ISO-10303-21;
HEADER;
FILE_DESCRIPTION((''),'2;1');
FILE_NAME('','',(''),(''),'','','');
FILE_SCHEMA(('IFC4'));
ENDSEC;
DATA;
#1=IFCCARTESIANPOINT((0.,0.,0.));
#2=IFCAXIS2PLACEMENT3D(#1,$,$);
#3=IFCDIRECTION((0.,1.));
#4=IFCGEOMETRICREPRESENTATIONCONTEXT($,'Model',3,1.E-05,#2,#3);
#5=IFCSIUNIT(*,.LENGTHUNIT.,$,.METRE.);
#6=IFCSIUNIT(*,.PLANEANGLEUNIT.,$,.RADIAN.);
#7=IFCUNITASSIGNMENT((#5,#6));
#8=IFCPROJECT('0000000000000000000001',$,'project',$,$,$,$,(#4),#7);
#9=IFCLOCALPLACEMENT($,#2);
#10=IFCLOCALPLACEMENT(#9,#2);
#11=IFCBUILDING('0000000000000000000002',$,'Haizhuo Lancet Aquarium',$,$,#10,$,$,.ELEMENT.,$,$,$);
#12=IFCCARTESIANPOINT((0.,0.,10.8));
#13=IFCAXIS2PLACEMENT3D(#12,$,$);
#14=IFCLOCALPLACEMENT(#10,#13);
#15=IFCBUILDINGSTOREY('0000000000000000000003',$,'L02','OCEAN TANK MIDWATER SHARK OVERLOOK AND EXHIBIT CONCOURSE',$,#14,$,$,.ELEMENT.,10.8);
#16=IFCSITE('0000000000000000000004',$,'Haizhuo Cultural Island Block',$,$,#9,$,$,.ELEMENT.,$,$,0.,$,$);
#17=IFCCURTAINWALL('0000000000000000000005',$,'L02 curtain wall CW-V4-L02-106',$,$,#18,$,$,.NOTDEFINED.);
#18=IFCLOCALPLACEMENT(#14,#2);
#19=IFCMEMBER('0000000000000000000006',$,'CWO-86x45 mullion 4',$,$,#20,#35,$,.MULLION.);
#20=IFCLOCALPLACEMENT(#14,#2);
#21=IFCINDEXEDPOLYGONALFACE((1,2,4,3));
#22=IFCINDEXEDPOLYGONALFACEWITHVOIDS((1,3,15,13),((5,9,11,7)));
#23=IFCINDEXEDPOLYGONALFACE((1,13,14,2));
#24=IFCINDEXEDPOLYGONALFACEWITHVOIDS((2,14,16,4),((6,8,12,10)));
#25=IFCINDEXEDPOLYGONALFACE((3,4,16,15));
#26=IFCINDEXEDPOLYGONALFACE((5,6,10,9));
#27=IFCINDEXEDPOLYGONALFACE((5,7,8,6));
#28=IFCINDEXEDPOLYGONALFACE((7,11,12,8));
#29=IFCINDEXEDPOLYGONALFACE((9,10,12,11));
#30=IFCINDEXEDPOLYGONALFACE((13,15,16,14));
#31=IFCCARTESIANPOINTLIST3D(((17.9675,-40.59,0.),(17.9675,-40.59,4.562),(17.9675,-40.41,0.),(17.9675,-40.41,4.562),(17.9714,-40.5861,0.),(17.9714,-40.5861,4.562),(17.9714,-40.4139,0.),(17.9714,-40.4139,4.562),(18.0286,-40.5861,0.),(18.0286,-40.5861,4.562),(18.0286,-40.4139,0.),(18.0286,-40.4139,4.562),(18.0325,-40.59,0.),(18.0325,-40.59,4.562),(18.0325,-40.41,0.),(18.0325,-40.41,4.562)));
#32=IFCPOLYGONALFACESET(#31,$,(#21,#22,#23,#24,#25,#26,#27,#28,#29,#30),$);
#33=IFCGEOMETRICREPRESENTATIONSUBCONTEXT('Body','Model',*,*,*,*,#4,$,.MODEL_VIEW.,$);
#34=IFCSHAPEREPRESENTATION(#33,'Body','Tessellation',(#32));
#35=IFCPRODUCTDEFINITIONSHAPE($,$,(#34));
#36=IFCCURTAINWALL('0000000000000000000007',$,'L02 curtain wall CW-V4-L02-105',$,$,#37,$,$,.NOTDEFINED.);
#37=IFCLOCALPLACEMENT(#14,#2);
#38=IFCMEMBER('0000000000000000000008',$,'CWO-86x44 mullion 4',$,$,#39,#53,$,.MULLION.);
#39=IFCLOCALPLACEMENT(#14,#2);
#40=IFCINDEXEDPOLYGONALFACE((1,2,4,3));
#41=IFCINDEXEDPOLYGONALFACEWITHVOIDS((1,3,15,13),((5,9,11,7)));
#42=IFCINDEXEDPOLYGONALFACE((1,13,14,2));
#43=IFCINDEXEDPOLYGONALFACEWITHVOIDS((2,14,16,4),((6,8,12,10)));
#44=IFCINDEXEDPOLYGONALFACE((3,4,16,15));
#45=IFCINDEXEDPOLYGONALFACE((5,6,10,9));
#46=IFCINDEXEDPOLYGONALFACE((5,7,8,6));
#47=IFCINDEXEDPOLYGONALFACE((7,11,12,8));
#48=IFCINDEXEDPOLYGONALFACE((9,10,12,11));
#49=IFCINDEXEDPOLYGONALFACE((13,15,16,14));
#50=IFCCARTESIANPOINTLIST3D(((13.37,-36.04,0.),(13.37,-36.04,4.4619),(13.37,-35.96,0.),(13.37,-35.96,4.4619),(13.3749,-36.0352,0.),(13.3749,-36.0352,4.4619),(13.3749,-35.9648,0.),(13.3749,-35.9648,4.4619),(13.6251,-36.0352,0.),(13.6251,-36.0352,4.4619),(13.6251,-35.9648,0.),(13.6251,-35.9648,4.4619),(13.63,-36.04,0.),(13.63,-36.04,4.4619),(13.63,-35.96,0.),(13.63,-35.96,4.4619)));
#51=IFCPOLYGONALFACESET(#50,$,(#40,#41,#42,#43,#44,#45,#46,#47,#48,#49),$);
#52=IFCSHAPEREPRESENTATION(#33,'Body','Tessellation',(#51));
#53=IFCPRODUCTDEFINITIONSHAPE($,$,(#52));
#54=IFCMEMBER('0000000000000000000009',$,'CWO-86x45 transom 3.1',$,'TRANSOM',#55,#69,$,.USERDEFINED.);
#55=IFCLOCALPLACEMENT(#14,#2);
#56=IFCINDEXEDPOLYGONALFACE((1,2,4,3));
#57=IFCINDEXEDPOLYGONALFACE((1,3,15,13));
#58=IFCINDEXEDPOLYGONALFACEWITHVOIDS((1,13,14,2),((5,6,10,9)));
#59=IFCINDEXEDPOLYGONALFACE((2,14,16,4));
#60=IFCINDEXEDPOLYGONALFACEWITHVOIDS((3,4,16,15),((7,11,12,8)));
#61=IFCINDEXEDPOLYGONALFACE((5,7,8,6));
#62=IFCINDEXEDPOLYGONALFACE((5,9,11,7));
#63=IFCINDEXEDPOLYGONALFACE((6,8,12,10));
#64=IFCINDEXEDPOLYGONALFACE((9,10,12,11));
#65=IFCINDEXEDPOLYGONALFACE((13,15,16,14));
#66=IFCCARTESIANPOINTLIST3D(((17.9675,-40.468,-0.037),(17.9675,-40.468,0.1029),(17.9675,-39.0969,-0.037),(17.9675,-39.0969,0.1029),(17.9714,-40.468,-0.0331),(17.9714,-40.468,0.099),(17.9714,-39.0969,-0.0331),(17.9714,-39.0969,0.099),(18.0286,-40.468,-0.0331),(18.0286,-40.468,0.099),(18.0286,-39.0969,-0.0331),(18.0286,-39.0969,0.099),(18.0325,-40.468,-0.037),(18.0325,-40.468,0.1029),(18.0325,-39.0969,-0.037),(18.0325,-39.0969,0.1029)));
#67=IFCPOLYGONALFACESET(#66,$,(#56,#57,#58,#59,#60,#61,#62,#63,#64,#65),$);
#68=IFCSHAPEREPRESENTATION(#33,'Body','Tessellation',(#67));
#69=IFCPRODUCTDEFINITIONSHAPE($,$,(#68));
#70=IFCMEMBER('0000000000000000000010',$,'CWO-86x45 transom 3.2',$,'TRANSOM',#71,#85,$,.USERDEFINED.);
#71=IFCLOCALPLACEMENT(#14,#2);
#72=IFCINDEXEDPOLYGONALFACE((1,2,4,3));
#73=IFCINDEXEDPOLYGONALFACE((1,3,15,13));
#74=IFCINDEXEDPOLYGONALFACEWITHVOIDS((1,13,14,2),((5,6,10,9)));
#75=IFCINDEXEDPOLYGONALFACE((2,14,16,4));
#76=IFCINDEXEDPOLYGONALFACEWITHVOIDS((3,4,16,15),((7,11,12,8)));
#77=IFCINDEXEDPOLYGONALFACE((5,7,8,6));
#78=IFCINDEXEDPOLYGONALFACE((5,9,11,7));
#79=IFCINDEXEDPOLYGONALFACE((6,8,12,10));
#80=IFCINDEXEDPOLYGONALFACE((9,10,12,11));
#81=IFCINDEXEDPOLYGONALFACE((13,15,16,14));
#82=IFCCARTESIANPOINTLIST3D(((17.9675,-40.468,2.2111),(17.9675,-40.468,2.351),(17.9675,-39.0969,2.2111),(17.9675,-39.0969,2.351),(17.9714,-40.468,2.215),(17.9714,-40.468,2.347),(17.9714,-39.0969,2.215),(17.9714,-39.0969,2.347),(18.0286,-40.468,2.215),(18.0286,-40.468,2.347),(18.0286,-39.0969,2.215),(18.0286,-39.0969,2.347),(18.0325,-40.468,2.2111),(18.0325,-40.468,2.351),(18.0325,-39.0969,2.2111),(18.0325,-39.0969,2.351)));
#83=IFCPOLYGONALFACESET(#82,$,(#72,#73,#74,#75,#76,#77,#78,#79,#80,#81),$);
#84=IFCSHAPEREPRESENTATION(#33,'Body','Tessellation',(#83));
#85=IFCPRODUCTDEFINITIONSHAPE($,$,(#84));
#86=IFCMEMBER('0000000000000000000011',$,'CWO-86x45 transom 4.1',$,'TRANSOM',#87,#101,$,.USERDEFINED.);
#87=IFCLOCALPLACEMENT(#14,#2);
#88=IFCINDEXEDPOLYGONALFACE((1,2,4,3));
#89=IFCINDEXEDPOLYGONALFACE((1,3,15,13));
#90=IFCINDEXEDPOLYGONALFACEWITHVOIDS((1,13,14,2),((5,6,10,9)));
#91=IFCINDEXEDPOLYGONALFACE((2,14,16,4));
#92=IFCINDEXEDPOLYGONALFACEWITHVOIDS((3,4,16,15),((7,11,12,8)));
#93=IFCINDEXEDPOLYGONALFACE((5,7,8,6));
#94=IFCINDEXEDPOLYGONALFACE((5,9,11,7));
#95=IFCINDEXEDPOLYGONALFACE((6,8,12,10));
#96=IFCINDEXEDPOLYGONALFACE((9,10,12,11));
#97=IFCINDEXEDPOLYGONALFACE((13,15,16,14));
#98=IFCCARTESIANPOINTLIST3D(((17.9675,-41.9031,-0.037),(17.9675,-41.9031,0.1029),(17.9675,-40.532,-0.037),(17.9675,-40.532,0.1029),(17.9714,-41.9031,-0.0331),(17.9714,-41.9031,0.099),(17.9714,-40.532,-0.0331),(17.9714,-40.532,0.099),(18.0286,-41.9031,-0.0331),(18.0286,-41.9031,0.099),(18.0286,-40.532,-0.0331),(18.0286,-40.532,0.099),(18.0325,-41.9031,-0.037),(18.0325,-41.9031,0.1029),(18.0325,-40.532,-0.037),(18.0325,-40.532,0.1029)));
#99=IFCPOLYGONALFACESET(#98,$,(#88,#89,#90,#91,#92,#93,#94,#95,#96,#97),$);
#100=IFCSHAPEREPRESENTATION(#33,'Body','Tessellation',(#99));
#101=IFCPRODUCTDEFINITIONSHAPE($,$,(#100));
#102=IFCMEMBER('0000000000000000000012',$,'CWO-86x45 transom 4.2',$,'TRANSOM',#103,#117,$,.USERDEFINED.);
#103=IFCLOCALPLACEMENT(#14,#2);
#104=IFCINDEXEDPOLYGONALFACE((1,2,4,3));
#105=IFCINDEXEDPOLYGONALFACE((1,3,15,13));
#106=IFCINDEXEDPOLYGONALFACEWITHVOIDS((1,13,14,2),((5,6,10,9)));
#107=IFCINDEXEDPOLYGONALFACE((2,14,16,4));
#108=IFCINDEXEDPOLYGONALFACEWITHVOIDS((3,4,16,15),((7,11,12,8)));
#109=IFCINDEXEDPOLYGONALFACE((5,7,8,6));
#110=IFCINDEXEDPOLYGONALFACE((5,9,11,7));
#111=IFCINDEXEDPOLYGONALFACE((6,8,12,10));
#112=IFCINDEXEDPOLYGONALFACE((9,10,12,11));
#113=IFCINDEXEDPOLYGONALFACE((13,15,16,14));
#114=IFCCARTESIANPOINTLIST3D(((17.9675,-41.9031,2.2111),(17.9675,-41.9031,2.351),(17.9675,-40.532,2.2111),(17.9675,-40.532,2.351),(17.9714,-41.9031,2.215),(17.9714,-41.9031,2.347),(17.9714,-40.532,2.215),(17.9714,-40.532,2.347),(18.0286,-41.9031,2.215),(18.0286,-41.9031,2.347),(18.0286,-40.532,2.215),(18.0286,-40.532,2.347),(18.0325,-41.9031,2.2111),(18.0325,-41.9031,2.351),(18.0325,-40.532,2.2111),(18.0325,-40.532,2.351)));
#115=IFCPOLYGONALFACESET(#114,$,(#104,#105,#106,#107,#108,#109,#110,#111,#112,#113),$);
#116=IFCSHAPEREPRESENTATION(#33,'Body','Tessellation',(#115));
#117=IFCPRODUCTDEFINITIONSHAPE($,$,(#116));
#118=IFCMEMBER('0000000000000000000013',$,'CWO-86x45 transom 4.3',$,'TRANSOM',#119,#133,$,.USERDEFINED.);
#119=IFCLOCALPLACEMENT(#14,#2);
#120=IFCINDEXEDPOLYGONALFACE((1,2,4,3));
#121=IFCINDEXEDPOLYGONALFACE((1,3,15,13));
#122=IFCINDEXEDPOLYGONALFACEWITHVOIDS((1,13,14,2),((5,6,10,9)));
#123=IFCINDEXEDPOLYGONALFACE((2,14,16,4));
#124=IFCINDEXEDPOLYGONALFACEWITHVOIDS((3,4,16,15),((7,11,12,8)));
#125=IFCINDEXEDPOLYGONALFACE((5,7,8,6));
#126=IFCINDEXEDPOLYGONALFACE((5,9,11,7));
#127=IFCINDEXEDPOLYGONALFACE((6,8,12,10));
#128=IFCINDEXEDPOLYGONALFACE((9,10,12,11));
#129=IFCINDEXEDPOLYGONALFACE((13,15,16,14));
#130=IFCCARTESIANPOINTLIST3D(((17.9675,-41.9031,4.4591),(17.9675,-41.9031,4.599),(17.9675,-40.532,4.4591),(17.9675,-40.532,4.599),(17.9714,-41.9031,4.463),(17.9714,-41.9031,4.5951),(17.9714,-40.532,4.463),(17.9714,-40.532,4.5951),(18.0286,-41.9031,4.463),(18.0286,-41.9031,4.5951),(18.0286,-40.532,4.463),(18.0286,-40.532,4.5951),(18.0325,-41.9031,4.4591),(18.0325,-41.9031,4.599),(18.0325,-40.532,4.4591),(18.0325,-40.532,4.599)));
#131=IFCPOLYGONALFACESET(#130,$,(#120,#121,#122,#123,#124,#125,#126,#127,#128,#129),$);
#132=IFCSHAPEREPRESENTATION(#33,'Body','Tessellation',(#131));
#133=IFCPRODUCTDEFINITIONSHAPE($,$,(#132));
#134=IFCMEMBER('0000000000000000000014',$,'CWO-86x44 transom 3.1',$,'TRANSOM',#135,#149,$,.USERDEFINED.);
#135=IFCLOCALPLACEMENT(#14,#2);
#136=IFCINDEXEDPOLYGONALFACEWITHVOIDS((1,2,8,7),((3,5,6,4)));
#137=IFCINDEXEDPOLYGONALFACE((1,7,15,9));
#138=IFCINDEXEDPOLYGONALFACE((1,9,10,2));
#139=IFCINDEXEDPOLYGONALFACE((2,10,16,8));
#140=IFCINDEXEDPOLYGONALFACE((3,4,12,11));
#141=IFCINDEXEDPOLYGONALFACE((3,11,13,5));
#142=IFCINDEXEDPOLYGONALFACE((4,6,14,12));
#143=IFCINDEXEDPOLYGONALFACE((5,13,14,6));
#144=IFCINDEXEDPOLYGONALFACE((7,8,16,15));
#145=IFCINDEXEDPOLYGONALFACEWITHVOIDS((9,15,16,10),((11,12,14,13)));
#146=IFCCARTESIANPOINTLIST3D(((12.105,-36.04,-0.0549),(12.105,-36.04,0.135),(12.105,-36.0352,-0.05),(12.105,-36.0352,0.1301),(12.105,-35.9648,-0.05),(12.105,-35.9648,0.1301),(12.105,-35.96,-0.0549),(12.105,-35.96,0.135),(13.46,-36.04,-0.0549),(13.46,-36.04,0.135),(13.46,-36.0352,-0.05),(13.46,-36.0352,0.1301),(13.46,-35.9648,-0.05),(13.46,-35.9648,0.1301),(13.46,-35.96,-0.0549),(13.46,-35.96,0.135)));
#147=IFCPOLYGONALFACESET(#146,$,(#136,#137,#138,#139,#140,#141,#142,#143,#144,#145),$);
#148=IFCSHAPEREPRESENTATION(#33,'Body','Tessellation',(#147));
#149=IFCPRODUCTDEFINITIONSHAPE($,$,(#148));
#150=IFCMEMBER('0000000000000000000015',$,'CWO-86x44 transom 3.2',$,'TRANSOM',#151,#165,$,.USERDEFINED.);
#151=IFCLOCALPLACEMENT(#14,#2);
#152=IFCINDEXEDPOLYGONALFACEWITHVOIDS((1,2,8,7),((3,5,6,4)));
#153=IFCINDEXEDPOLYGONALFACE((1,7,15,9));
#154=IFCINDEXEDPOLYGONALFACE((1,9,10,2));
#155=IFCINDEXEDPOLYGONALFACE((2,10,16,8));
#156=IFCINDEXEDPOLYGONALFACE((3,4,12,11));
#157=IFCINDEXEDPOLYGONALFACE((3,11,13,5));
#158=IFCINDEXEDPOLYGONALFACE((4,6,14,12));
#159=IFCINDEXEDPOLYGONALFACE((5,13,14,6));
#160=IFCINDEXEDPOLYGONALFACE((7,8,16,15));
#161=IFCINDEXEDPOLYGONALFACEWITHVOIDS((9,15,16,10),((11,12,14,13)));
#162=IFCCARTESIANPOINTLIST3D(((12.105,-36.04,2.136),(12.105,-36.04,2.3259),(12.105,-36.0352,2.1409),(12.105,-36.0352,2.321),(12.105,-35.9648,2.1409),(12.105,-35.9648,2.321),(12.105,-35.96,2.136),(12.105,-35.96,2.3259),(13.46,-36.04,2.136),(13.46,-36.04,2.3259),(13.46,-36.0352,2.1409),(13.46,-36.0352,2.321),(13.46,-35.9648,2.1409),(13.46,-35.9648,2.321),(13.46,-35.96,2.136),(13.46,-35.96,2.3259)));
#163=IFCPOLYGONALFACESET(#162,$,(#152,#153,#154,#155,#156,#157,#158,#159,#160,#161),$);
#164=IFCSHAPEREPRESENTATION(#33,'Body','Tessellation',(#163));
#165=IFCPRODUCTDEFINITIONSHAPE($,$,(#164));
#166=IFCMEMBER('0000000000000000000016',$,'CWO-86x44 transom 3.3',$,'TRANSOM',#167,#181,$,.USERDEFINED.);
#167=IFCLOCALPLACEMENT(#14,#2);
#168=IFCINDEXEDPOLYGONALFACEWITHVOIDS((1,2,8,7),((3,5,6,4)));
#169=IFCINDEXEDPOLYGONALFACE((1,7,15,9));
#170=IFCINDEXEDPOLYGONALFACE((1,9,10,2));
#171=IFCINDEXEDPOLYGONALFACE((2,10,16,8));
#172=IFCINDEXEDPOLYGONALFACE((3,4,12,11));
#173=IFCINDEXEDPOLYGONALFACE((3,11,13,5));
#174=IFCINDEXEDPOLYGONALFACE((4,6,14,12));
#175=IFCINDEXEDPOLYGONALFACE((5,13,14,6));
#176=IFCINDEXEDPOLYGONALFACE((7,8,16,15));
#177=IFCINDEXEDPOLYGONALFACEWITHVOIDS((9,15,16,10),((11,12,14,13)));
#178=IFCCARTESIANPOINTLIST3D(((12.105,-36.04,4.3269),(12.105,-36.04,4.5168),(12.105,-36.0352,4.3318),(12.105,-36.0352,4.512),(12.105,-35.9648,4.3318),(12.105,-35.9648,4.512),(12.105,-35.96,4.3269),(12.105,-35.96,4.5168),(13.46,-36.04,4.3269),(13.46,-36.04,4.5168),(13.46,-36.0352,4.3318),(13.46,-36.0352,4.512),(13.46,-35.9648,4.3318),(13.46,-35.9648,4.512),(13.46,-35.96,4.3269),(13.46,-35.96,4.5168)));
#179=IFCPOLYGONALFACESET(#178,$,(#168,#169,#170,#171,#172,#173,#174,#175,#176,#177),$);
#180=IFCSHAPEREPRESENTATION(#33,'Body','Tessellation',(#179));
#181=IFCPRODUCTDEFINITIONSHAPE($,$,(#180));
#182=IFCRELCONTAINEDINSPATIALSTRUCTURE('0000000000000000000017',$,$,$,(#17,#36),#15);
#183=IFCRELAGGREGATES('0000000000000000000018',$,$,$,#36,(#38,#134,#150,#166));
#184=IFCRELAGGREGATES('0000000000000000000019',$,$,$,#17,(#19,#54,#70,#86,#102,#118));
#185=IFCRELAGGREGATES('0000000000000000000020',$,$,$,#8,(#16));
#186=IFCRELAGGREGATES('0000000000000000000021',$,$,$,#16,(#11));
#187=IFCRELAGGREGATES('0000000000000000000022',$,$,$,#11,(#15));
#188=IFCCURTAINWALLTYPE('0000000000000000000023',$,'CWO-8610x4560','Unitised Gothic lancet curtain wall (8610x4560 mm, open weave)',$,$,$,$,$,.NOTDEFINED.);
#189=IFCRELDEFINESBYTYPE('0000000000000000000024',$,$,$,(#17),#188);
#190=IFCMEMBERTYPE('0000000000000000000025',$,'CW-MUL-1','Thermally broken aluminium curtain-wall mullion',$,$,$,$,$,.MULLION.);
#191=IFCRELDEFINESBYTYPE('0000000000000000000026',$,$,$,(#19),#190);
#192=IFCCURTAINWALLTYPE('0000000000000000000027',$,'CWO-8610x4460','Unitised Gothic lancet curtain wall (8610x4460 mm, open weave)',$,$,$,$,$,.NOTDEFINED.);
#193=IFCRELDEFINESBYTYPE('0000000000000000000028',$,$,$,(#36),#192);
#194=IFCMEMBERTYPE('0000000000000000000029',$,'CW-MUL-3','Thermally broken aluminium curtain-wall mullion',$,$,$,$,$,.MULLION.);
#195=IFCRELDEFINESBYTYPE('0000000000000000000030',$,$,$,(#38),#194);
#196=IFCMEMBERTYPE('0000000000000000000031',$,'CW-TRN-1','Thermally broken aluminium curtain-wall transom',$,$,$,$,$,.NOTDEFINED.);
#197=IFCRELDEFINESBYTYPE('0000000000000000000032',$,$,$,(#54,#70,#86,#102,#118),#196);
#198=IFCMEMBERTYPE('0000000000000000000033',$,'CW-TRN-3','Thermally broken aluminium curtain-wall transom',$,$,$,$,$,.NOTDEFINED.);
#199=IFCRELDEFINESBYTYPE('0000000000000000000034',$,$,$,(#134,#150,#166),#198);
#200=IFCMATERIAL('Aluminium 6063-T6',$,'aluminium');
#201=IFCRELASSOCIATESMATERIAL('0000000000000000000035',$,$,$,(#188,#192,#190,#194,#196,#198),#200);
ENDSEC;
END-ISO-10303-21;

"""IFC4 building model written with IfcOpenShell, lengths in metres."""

from ifc_helpers import new_model, si_unit, direction, frame, origin, origin_2d, place, context, subcontext, project, spatial, hollow_rectangle, extrude, material, material_profile, profile_set, type_object, element, aggregate, save


model = new_model("IFC4")

# Units and contexts
model_context = context("Model", 3, precision=1e-05, world=origin(), true_north=direction((0.0, 1.0)))
body_context = subcontext(model_context, "Body", "Model", "MODEL_VIEW")
ifc_project = project(units=[si_unit("LENGTHUNIT", "METRE"), si_unit("PLANEANGLEUNIT", "RADIAN")], contexts=[model_context])

# Site, building, storey
site_placement = place(None, origin())
site = spatial("IfcSite", under=ifc_project, at=site_placement, Name="Haizhuo Cultural Island Block", CompositionType="ELEMENT", RefElevation=0.0)
building_placement = place(site_placement, origin())
building = spatial("IfcBuilding", under=site, at=building_placement, Name="Haizhuo Lancet Aquarium", CompositionType="ELEMENT")
storey_placement = place(building_placement, frame((0.0, 0.0, 10.8)))
storey = spatial("IfcBuildingStorey", under=building, at=storey_placement, Name="L02", Description="OCEAN TANK MIDWATER SHARK OVERLOOK AND EXHIBIT CONCOURSE", CompositionType="ELEMENT", Elevation=10.8)

# Curtain walls, members
ifc_material_1 = material(Name="Aluminium 6063-T6", Category="aluminium")
curtain_wall_type_1 = type_object("IfcCurtainWallType", Name="CWO-8610x4560", Description="Unitised Gothic lancet curtain wall (8610x4560 mm, open weave)", PredefinedType="NOTDEFINED", material=ifc_material_1)
curtain_wall_1_placement = place(storey_placement, origin())
curtain_wall_1 = element("IfcCurtainWall", 1, at=curtain_wall_1_placement, inside=storey, type_object=curtain_wall_type_1, Name="L02 curtain wall CW-V4-L02-106", PredefinedType="NOTDEFINED")
ifc_material_profile_1 = material_profile(ifc_material_1, hollow_rectangle(XDim=0.0649, YDim=0.1799, WallThickness=0.0039, at=origin_2d()), Name="ALU-M 65x180x4")
ifc_profile_set_1 = profile_set([ifc_material_profile_1], Name="Aluminium 6063-T6")
member_type_1 = type_object("IfcMemberType", Name="CW-MUL-1", Description="Thermally broken aluminium curtain-wall mullion", PredefinedType="MULLION", material=ifc_profile_set_1)
member_1_placement = place(storey_placement, frame((18.0, -40.5, 0.0), z_axis=(0.0, 0.0, 1.0), x_axis=(1.0, 0.0, 0.0)))
member_1 = element("IfcMember", 2, at=member_1_placement, type_object=member_type_1, Name="CWO-86x45 mullion 4", PredefinedType="MULLION", context=body_context, shape_type="SweptSolid", body=[
    extrude(hollow_rectangle(XDim=0.0649, YDim=0.1799, WallThickness=0.0039, at=origin_2d()), origin(), (0.0, 0.0, 1.0), 4.562),
])
curtain_wall_type_2 = type_object("IfcCurtainWallType", Name="CWO-8610x4460", Description="Unitised Gothic lancet curtain wall (8610x4460 mm, open weave)", PredefinedType="NOTDEFINED", material=ifc_material_1)
curtain_wall_2_placement = place(storey_placement, origin())
curtain_wall_2 = element("IfcCurtainWall", 3, at=curtain_wall_2_placement, inside=storey, type_object=curtain_wall_type_2, Name="L02 curtain wall CW-V4-L02-105", PredefinedType="NOTDEFINED")
ifc_material_profile_2 = material_profile(ifc_material_1, hollow_rectangle(XDim=0.0801, YDim=0.26, WallThickness=0.0049, at=origin_2d()), Name="ALU-M 80x260x5")
ifc_profile_set_2 = profile_set([ifc_material_profile_2], Name="Aluminium 6063-T6")
member_type_2 = type_object("IfcMemberType", Name="CW-MUL-3", Description="Thermally broken aluminium curtain-wall mullion", PredefinedType="MULLION", material=ifc_profile_set_2)
member_2_placement = place(storey_placement, frame((13.5, -36.0, 0.0), z_axis=(0.0, 0.0, 1.0), x_axis=(0.0, 1.0, 0.0)))
member_2 = element("IfcMember", 4, at=member_2_placement, type_object=member_type_2, Name="CWO-86x44 mullion 4", PredefinedType="MULLION", context=body_context, shape_type="SweptSolid", body=[
    extrude(hollow_rectangle(XDim=0.0801, YDim=0.26, WallThickness=0.0049, at=origin_2d()), origin(), (0.0, 0.0, 1.0), 4.4619),
])

# Members
ifc_material_profile_3 = material_profile(ifc_material_1, hollow_rectangle(XDim=0.0649, YDim=0.1399, WallThickness=0.0039, at=origin_2d()), Name="ALU-T 65x140x4")
ifc_profile_set_3 = profile_set([ifc_material_profile_3], Name="Aluminium 6063-T6")
member_type_3 = type_object("IfcMemberType", Name="CW-TRN-1", Description="Thermally broken aluminium curtain-wall transom", PredefinedType="NOTDEFINED", material=ifc_profile_set_3)
member_3_placement = place(storey_placement, frame((18.0, -39.0969, 0.033), z_axis=(0.0, -1.0, 0.0), x_axis=(1.0, 0.0, 0.0)))
member_3 = element("IfcMember", 5, at=member_3_placement, type_object=member_type_3, Name="CWO-86x45 transom 3.1", ObjectType="TRANSOM", PredefinedType="USERDEFINED", context=body_context, shape_type="SweptSolid", body=[
    extrude(hollow_rectangle(XDim=0.0649, YDim=0.1399, WallThickness=0.0039, at=origin_2d()), origin(), (0.0, 0.0, 1.0), 1.3711),
])
member_4_placement = place(storey_placement, frame((18.0, -39.0969, 2.281), z_axis=(0.0, -1.0, 0.0), x_axis=(1.0, 0.0, 0.0)))
member_4 = element("IfcMember", 6, at=member_4_placement, type_object=member_type_3, Name="CWO-86x45 transom 3.2", ObjectType="TRANSOM", PredefinedType="USERDEFINED", context=body_context, shape_type="SweptSolid", body=[
    extrude(hollow_rectangle(XDim=0.0649, YDim=0.1399, WallThickness=0.0039, at=origin_2d()), origin(), (0.0, 0.0, 1.0), 1.3711),
])
member_5_placement = place(storey_placement, frame((18.0, -40.532, 0.033), z_axis=(0.0, -1.0, 0.0), x_axis=(1.0, 0.0, 0.0)))
member_5 = element("IfcMember", 7, at=member_5_placement, type_object=member_type_3, Name="CWO-86x45 transom 4.1", ObjectType="TRANSOM", PredefinedType="USERDEFINED", context=body_context, shape_type="SweptSolid", body=[
    extrude(hollow_rectangle(XDim=0.0649, YDim=0.1399, WallThickness=0.0039, at=origin_2d()), origin(), (0.0, 0.0, 1.0), 1.3711),
])
member_6_placement = place(storey_placement, frame((18.0, -40.532, 2.281), z_axis=(0.0, -1.0, 0.0), x_axis=(1.0, 0.0, 0.0)))
member_6 = element("IfcMember", 8, at=member_6_placement, type_object=member_type_3, Name="CWO-86x45 transom 4.2", ObjectType="TRANSOM", PredefinedType="USERDEFINED", context=body_context, shape_type="SweptSolid", body=[
    extrude(hollow_rectangle(XDim=0.0649, YDim=0.1399, WallThickness=0.0039, at=origin_2d()), origin(), (0.0, 0.0, 1.0), 1.3711),
])
member_7_placement = place(storey_placement, frame((18.0, -40.532, 4.5291), z_axis=(0.0, -1.0, 0.0), x_axis=(1.0, 0.0, 0.0)))
member_7 = element("IfcMember", 9, at=member_7_placement, type_object=member_type_3, Name="CWO-86x45 transom 4.3", ObjectType="TRANSOM", PredefinedType="USERDEFINED", context=body_context, shape_type="SweptSolid", body=[
    extrude(hollow_rectangle(XDim=0.0649, YDim=0.1399, WallThickness=0.0039, at=origin_2d()), origin(), (0.0, 0.0, 1.0), 1.3711),
])
ifc_material_profile_4 = material_profile(ifc_material_1, hollow_rectangle(XDim=0.0801, YDim=0.1899, WallThickness=0.0049, at=origin_2d()), Name="ALU-T 80x190x5")
ifc_profile_set_4 = profile_set([ifc_material_profile_4], Name="Aluminium 6063-T6")
member_type_4 = type_object("IfcMemberType", Name="CW-TRN-3", Description="Thermally broken aluminium curtain-wall transom", PredefinedType="NOTDEFINED", material=ifc_profile_set_4)
member_8_placement = place(storey_placement, frame((12.105, -36.0, 0.04), z_axis=(1.0, 0.0, 0.0), x_axis=(0.0, 1.0, 0.0)))
member_8 = element("IfcMember", 10, at=member_8_placement, type_object=member_type_4, Name="CWO-86x44 transom 3.1", ObjectType="TRANSOM", PredefinedType="USERDEFINED", context=body_context, shape_type="SweptSolid", body=[
    extrude(hollow_rectangle(XDim=0.0801, YDim=0.1899, WallThickness=0.0049, at=origin_2d()), origin(), (0.0, 0.0, 1.0), 1.355),
])
member_9_placement = place(storey_placement, frame((12.105, -36.0, 2.231), z_axis=(1.0, 0.0, 0.0), x_axis=(0.0, 1.0, 0.0)))
member_9 = element("IfcMember", 11, at=member_9_placement, type_object=member_type_4, Name="CWO-86x44 transom 3.2", ObjectType="TRANSOM", PredefinedType="USERDEFINED", context=body_context, shape_type="SweptSolid", body=[
    extrude(hollow_rectangle(XDim=0.0801, YDim=0.1899, WallThickness=0.0049, at=origin_2d()), origin(), (0.0, 0.0, 1.0), 1.355),
])
member_10_placement = place(storey_placement, frame((12.105, -36.0, 4.4219), z_axis=(1.0, 0.0, 0.0), x_axis=(0.0, 1.0, 0.0)))
member_10 = element("IfcMember", 12, at=member_10_placement, type_object=member_type_4, Name="CWO-86x44 transom 3.3", ObjectType="TRANSOM", PredefinedType="USERDEFINED", context=body_context, shape_type="SweptSolid", body=[
    extrude(hollow_rectangle(XDim=0.0801, YDim=0.1899, WallThickness=0.0049, at=origin_2d()), origin(), (0.0, 0.0, 1.0), 1.355),
])

aggregate(curtain_wall_2, [member_2, member_8, member_9, member_10])
aggregate(curtain_wall_1, [member_1, member_3, member_4, member_5, member_6, member_7])

save(model, "model.ifc")
